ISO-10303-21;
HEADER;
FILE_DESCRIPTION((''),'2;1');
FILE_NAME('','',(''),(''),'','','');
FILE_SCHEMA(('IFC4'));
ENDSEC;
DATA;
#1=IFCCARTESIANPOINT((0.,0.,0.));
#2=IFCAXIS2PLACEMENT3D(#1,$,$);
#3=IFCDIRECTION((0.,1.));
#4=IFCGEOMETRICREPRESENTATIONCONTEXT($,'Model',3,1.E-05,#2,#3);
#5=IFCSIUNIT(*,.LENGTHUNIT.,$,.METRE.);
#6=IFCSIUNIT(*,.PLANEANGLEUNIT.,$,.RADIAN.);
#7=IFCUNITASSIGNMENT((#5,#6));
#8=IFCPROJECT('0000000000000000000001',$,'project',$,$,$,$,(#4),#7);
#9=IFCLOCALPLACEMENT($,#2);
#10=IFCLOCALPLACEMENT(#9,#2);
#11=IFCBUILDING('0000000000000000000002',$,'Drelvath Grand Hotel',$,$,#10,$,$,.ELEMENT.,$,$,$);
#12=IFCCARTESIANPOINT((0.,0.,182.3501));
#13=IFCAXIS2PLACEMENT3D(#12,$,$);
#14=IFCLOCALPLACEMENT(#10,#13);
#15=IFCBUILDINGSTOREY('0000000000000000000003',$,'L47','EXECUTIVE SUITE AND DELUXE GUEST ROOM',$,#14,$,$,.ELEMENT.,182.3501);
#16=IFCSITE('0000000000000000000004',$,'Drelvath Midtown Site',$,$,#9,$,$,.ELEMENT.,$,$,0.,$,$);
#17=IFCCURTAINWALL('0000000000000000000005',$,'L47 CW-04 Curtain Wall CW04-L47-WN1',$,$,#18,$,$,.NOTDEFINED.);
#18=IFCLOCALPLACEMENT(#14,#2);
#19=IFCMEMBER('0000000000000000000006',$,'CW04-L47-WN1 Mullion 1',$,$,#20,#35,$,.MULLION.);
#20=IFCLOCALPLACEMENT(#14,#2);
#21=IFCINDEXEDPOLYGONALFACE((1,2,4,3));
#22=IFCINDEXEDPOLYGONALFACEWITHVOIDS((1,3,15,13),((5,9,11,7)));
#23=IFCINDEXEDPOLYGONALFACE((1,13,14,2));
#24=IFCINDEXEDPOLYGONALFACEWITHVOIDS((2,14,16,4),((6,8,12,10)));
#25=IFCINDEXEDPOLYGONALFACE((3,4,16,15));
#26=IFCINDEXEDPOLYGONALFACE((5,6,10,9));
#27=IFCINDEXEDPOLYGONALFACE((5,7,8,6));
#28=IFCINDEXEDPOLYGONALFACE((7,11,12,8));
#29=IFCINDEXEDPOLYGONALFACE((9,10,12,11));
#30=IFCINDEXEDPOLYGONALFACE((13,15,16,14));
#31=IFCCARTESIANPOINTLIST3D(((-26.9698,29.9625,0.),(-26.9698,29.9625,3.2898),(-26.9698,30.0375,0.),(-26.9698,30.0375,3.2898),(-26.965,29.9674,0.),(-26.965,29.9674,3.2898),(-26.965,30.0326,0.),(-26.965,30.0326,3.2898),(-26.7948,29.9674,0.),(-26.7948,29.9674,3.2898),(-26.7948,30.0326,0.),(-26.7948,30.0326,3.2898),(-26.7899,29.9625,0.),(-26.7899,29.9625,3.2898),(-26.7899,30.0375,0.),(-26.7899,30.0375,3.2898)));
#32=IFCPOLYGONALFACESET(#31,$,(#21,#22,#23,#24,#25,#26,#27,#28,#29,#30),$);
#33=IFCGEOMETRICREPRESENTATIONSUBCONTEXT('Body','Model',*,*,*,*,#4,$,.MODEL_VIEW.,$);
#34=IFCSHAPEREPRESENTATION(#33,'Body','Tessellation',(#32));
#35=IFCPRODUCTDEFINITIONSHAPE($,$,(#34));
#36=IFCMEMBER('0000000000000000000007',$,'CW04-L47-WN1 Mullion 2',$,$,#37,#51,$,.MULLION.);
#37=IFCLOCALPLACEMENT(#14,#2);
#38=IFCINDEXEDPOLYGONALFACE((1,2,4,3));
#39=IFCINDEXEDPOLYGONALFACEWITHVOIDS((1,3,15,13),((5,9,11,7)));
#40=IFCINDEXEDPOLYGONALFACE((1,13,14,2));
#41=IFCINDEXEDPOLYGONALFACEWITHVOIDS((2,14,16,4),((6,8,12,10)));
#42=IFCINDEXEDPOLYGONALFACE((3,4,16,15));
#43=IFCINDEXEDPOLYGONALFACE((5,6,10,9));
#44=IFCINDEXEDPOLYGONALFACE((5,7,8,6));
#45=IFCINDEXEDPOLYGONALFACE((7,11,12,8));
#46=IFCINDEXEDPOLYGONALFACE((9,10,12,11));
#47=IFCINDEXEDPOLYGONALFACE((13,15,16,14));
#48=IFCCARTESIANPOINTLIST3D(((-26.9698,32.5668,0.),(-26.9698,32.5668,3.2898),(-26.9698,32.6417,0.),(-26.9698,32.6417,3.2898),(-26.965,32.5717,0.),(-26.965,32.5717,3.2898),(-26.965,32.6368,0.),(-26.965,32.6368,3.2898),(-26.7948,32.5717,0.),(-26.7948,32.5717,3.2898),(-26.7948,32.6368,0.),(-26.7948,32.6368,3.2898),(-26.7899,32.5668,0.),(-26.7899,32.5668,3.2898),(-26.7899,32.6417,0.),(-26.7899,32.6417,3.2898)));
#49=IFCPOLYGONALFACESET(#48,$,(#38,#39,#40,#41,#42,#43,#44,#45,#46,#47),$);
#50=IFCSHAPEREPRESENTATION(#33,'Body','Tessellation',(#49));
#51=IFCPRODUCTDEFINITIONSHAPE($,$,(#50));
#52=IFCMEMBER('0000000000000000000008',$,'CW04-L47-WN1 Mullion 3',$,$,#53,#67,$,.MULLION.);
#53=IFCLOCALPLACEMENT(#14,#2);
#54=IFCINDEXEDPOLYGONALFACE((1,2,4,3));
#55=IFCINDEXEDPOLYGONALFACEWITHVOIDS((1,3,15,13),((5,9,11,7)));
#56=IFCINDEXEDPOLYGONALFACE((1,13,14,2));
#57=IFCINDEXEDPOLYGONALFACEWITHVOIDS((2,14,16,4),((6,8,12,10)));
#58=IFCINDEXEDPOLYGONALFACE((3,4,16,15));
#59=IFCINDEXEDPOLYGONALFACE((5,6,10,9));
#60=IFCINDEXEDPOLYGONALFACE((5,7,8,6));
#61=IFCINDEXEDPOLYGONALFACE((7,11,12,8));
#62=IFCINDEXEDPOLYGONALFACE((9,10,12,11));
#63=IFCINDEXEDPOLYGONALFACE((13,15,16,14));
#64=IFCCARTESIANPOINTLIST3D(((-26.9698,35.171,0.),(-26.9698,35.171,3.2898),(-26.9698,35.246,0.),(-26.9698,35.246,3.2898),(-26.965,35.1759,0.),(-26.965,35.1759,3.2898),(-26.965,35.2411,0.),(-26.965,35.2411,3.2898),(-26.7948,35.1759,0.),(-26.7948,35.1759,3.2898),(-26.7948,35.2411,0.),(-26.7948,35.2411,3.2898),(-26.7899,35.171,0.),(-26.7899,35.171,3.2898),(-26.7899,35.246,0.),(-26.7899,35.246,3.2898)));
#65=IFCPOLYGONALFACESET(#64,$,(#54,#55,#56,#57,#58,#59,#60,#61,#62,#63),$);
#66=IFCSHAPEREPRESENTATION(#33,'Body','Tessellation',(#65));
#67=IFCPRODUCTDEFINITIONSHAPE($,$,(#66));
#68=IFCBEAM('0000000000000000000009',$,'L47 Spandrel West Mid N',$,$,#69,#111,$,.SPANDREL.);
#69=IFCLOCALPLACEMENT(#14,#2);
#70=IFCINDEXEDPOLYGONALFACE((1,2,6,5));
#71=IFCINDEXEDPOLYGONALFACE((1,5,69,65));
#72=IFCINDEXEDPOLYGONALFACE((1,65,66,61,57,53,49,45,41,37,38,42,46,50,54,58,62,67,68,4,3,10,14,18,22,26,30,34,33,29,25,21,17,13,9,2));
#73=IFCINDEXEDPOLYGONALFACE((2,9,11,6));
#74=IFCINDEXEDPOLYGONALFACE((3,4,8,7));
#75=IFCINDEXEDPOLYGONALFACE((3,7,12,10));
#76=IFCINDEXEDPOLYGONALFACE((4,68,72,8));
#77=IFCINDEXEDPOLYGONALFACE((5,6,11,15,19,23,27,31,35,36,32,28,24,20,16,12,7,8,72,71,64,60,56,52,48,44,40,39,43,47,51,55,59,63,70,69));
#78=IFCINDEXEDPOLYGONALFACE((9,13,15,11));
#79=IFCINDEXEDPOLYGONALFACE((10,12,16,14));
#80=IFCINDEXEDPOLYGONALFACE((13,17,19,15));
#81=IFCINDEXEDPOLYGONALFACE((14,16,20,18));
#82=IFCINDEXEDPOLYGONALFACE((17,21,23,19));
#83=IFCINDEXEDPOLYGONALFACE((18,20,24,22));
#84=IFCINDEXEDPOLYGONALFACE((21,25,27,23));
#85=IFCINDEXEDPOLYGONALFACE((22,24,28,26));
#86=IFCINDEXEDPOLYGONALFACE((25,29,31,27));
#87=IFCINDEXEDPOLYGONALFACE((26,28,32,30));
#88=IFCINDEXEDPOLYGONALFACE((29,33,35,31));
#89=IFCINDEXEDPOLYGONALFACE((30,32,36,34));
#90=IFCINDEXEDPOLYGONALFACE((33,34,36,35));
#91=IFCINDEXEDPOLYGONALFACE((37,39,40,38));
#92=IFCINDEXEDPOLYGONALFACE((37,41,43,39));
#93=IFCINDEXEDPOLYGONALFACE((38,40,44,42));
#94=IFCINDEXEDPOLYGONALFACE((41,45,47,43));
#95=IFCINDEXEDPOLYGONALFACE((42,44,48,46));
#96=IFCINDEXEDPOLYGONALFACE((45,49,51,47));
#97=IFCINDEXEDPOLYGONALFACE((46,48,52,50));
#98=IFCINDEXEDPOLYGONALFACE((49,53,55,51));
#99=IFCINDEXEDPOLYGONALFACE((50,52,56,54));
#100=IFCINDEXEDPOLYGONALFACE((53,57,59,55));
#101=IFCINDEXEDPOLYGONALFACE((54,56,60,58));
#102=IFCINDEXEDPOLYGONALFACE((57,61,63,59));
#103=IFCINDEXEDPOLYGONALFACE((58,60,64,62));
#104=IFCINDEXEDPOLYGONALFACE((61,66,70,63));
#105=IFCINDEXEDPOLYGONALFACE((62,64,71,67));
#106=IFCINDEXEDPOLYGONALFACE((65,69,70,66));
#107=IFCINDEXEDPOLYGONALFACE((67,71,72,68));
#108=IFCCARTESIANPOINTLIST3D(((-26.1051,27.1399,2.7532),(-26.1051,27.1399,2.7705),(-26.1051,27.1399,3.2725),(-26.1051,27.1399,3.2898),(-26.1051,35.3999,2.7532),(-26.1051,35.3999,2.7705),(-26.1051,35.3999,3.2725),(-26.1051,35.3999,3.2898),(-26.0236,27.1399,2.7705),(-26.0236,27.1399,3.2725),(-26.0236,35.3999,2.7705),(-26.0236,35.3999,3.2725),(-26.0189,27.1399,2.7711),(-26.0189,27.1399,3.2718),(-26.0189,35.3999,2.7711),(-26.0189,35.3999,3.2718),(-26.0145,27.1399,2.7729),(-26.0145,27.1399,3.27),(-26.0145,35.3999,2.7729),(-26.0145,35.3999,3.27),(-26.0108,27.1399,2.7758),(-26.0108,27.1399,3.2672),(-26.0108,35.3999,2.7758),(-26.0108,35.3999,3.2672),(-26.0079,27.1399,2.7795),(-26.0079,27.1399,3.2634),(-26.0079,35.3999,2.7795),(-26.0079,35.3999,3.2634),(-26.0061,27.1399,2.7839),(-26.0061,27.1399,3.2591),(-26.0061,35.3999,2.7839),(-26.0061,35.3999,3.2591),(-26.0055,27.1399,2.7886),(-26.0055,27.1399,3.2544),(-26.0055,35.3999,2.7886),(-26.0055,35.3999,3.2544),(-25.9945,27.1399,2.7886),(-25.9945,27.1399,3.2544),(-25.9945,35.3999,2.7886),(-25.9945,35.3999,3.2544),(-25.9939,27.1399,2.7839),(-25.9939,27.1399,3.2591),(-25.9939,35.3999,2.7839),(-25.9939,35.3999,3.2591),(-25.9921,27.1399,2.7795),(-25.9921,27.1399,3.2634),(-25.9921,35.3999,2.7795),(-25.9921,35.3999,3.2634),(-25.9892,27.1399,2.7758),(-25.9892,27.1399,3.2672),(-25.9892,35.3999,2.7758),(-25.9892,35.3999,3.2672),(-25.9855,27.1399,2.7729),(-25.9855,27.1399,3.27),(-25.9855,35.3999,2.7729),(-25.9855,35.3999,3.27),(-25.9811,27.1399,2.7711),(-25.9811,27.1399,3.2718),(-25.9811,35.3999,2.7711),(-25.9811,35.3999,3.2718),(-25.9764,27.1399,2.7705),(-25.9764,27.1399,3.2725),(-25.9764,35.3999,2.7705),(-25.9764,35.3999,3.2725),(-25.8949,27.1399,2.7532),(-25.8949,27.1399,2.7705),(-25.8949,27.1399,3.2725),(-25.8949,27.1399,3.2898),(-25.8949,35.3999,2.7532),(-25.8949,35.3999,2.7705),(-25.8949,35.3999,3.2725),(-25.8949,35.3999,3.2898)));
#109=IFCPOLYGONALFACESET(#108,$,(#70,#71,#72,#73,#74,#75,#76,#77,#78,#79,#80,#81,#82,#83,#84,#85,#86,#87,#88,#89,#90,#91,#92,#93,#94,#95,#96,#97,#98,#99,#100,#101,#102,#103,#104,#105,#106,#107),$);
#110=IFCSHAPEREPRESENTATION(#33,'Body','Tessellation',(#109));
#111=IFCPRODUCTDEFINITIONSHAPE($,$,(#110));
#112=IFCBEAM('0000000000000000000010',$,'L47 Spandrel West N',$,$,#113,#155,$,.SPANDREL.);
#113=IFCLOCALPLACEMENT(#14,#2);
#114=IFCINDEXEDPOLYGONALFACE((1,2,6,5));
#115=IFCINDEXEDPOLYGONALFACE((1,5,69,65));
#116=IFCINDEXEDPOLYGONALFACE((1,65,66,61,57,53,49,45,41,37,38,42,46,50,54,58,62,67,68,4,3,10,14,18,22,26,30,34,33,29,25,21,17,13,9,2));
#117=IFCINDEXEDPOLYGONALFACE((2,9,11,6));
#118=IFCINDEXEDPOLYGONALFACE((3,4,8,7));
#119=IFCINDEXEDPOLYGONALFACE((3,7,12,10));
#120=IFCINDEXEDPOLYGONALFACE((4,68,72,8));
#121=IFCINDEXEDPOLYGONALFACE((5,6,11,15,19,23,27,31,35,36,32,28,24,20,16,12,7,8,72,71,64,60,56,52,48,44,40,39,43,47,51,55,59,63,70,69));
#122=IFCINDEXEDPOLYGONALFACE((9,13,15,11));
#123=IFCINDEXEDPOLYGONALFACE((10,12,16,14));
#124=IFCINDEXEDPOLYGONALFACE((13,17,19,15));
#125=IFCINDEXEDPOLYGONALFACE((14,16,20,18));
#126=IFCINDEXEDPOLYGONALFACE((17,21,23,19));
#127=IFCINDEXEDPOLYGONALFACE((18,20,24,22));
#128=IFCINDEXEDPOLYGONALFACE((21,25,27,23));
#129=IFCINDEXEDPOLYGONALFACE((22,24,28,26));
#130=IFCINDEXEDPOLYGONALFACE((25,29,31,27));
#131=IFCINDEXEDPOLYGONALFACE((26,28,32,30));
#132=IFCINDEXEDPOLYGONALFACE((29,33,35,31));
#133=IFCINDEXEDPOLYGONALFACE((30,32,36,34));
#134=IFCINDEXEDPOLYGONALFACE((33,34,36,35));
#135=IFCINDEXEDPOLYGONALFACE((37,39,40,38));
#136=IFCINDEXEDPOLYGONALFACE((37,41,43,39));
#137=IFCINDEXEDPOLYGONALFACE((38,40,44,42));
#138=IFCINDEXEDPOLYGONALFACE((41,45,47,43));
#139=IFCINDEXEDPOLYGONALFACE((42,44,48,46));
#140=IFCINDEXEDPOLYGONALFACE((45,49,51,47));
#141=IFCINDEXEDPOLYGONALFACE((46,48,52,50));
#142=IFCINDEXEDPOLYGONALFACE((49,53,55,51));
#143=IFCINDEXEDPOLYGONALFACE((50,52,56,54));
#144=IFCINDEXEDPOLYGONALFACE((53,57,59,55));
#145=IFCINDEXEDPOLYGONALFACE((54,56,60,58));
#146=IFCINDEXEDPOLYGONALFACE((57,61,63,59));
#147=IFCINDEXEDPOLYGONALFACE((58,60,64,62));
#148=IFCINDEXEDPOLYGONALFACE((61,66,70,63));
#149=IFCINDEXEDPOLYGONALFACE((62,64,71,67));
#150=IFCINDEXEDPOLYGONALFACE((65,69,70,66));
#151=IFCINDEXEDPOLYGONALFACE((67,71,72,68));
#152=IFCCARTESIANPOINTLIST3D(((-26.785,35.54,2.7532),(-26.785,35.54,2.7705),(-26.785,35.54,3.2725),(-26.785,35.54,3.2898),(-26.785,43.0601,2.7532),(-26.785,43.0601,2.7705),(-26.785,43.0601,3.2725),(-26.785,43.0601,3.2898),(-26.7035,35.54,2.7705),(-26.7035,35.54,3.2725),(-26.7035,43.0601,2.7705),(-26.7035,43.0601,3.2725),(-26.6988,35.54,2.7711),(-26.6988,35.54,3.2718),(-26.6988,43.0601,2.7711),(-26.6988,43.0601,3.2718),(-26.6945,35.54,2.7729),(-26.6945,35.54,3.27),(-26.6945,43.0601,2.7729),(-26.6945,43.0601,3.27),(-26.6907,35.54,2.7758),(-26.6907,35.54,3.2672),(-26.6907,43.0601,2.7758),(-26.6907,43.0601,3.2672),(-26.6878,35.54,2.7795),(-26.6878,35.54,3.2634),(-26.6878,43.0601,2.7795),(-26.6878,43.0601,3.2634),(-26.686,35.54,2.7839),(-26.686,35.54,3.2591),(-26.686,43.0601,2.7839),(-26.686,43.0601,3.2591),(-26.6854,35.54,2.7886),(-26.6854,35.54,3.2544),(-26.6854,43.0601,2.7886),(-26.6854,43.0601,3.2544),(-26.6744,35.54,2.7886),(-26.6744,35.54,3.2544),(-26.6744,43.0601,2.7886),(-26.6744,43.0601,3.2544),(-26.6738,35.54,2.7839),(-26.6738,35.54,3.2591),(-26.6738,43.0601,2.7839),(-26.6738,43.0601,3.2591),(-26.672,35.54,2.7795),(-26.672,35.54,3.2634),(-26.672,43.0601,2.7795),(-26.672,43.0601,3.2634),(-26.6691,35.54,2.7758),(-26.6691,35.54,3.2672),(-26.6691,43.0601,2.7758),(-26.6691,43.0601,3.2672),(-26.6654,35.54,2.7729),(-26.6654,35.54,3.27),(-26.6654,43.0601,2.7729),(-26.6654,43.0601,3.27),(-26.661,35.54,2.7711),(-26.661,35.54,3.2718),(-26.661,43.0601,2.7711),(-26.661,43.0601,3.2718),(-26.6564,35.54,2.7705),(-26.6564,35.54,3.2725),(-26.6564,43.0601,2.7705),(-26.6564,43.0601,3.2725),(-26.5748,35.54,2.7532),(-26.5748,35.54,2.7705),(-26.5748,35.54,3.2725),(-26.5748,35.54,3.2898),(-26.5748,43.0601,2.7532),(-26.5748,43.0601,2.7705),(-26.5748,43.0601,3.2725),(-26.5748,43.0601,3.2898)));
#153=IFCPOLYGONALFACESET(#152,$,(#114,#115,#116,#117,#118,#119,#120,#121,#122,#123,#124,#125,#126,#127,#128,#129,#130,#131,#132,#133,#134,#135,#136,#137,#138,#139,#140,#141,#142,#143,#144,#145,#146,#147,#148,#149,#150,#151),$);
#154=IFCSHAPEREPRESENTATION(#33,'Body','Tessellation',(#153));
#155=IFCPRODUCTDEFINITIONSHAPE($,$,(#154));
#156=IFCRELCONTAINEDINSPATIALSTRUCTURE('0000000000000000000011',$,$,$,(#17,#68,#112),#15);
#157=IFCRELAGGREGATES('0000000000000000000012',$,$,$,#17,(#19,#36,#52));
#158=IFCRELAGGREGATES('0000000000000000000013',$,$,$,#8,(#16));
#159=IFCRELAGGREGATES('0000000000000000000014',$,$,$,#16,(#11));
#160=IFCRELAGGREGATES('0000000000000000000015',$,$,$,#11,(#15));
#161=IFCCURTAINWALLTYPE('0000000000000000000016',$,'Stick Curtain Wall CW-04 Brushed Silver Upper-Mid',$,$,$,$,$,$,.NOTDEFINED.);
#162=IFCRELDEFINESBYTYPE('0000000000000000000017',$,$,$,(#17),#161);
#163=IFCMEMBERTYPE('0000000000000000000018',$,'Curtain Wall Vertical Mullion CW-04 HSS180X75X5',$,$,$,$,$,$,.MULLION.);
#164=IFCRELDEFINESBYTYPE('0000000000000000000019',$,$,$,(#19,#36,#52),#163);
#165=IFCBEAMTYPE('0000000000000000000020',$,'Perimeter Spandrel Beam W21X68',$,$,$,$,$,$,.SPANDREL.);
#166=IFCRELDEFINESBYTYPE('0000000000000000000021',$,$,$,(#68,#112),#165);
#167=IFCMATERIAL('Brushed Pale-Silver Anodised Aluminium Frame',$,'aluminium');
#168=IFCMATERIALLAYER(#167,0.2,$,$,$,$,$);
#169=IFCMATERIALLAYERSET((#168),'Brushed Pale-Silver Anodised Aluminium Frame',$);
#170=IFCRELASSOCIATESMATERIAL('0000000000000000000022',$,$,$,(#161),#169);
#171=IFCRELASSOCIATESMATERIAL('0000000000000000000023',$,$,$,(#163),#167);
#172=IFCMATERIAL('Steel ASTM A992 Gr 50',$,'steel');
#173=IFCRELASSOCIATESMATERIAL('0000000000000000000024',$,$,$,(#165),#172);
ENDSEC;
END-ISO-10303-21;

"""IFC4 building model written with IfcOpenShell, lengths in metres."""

from ifc_helpers import new_model, si_unit, direction, frame, origin, origin_2d, place, context, subcontext, project, spatial, hollow_rectangle, i_section, extrude, material, layer, layer_set, material_profile, profile_set, type_object, element, aggregate, save


model = new_model("IFC4")

# Units and contexts
model_context = context("Model", 3, precision=1e-05, world=origin(), true_north=direction((0.0, 1.0)))
body_context = subcontext(model_context, "Body", "Model", "MODEL_VIEW")
ifc_project = project(units=[si_unit("LENGTHUNIT", "METRE"), si_unit("PLANEANGLEUNIT", "RADIAN")], contexts=[model_context])

# Site, building, storey
site_placement = place(None, origin())
site = spatial("IfcSite", under=ifc_project, at=site_placement, Name="Drelvath Midtown Site", CompositionType="ELEMENT", RefElevation=0.0)
building_placement = place(site_placement, origin())
building = spatial("IfcBuilding", under=site, at=building_placement, Name="Drelvath Grand Hotel", CompositionType="ELEMENT")
storey_placement = place(building_placement, frame((0.0, 0.0, 182.3501)))
storey = spatial("IfcBuildingStorey", under=building, at=storey_placement, Name="L47", Description="EXECUTIVE SUITE AND DELUXE GUEST ROOM", CompositionType="ELEMENT", Elevation=182.3501)

# Curtain wall
ifc_material_1 = material(Name="Brushed Pale-Silver Anodised Aluminium Frame", Category="aluminium")
ifc_layer_1 = layer(ifc_material_1, 0.2)
ifc_layer_set_1 = layer_set([ifc_layer_1], Name="Brushed Pale-Silver Anodised Aluminium Frame")
curtain_wall_type = type_object("IfcCurtainWallType", Name="Stick Curtain Wall CW-04 Brushed Silver Upper-Mid", PredefinedType="NOTDEFINED", material=ifc_layer_set_1)
curtain_wall_1_placement = place(storey_placement, origin())
curtain_wall_1 = element("IfcCurtainWall", 1, at=curtain_wall_1_placement, inside=storey, type_object=curtain_wall_type, Name="L47 CW-04 Curtain Wall CW04-L47-WN1", PredefinedType="NOTDEFINED")
ifc_material_profile_1 = material_profile(ifc_material_1, hollow_rectangle(XDim=0.075, YDim=0.1799, WallThickness=0.0049, at=origin_2d()), Name="HSS180X75X5")
ifc_profile_set_1 = profile_set([ifc_material_profile_1], Name="Brushed Pale-Silver Anodised Aluminium Frame")
member_type_1 = type_object("IfcMemberType", Name="Curtain Wall Vertical Mullion CW-04 HSS180X75X5", PredefinedType="MULLION", material=ifc_profile_set_1)

# Members
member_1_placement = place(storey_placement, frame((-26.8799, 30.0, 0.0), z_axis=(0.0, 0.0, 1.0), x_axis=(0.0, 1.0, 0.0)))
member_1 = element("IfcMember", 2, at=member_1_placement, type_object=member_type_1, Name="CW04-L47-WN1 Mullion 1", PredefinedType="MULLION", context=body_context, shape_type="SweptSolid", body=[
    extrude(hollow_rectangle(XDim=0.075, YDim=0.1799, WallThickness=0.0049, at=origin_2d()), origin(), (0.0, 0.0, 1.0), 3.2898),
])
member_2_placement = place(storey_placement, frame((-26.8799, 32.6042, 0.0), z_axis=(0.0, 0.0, 1.0), x_axis=(0.0, 1.0, 0.0)))
member_2 = element("IfcMember", 3, at=member_2_placement, type_object=member_type_1, Name="CW04-L47-WN1 Mullion 2", PredefinedType="MULLION", context=body_context, shape_type="SweptSolid", body=[
    extrude(hollow_rectangle(XDim=0.075, YDim=0.1799, WallThickness=0.0049, at=origin_2d()), origin(), (0.0, 0.0, 1.0), 3.2898),
])
member_3_placement = place(storey_placement, frame((-26.8799, 35.2085, 0.0), z_axis=(0.0, 0.0, 1.0), x_axis=(0.0, 1.0, 0.0)))
member_3 = element("IfcMember", 4, at=member_3_placement, type_object=member_type_1, Name="CW04-L47-WN1 Mullion 3", PredefinedType="MULLION", context=body_context, shape_type="SweptSolid", body=[
    extrude(hollow_rectangle(XDim=0.075, YDim=0.1799, WallThickness=0.0049, at=origin_2d()), origin(), (0.0, 0.0, 1.0), 3.2898),
])

# Beams
ifc_material_2 = material(Name="Steel ASTM A992 Gr 50", Category="steel")
ifc_material_profile_2 = material_profile(ifc_material_2, i_section(OverallWidth=0.2102, OverallDepth=0.5366, WebThickness=0.011, FlangeThickness=0.0173, FilletRadius=0.0181, at=origin_2d()), Name="W21X68")
ifc_profile_set_2 = profile_set([ifc_material_profile_2], Name="Steel ASTM A992 Gr 50")
beam_type_1 = type_object("IfcBeamType", Name="Perimeter Spandrel Beam W21X68", PredefinedType="SPANDREL", material=ifc_profile_set_2)
beam_1_placement = place(storey_placement, frame((-26.0, 27.1399, 3.0215), z_axis=(0.0, 1.0, 0.0), x_axis=(-1.0, 0.0, 0.0)))
element("IfcBeam", 5, at=beam_1_placement, inside=storey, type_object=beam_type_1, Name="L47 Spandrel West Mid N", PredefinedType="SPANDREL", context=body_context, shape_type="SweptSolid", body=[
    extrude(i_section(OverallWidth=0.2102, OverallDepth=0.5366, WebThickness=0.011, FlangeThickness=0.0173, FilletRadius=0.0181, at=origin_2d()), origin(), (0.0, 0.0, 1.0), 8.26),
])
beam_2_placement = place(storey_placement, frame((-26.6799, 35.54, 3.0215), z_axis=(0.0, 1.0, 0.0), x_axis=(-1.0, 0.0, 0.0)))
element("IfcBeam", 6, at=beam_2_placement, inside=storey, type_object=beam_type_1, Name="L47 Spandrel West N", PredefinedType="SPANDREL", context=body_context, shape_type="SweptSolid", body=[
    extrude(i_section(OverallWidth=0.2102, OverallDepth=0.5366, WebThickness=0.011, FlangeThickness=0.0173, FilletRadius=0.0181, at=origin_2d()), origin(), (0.0, 0.0, 1.0), 7.52),
])

aggregate(curtain_wall_1, [member_1, member_2, member_3])

save(model, "model.ifc")
